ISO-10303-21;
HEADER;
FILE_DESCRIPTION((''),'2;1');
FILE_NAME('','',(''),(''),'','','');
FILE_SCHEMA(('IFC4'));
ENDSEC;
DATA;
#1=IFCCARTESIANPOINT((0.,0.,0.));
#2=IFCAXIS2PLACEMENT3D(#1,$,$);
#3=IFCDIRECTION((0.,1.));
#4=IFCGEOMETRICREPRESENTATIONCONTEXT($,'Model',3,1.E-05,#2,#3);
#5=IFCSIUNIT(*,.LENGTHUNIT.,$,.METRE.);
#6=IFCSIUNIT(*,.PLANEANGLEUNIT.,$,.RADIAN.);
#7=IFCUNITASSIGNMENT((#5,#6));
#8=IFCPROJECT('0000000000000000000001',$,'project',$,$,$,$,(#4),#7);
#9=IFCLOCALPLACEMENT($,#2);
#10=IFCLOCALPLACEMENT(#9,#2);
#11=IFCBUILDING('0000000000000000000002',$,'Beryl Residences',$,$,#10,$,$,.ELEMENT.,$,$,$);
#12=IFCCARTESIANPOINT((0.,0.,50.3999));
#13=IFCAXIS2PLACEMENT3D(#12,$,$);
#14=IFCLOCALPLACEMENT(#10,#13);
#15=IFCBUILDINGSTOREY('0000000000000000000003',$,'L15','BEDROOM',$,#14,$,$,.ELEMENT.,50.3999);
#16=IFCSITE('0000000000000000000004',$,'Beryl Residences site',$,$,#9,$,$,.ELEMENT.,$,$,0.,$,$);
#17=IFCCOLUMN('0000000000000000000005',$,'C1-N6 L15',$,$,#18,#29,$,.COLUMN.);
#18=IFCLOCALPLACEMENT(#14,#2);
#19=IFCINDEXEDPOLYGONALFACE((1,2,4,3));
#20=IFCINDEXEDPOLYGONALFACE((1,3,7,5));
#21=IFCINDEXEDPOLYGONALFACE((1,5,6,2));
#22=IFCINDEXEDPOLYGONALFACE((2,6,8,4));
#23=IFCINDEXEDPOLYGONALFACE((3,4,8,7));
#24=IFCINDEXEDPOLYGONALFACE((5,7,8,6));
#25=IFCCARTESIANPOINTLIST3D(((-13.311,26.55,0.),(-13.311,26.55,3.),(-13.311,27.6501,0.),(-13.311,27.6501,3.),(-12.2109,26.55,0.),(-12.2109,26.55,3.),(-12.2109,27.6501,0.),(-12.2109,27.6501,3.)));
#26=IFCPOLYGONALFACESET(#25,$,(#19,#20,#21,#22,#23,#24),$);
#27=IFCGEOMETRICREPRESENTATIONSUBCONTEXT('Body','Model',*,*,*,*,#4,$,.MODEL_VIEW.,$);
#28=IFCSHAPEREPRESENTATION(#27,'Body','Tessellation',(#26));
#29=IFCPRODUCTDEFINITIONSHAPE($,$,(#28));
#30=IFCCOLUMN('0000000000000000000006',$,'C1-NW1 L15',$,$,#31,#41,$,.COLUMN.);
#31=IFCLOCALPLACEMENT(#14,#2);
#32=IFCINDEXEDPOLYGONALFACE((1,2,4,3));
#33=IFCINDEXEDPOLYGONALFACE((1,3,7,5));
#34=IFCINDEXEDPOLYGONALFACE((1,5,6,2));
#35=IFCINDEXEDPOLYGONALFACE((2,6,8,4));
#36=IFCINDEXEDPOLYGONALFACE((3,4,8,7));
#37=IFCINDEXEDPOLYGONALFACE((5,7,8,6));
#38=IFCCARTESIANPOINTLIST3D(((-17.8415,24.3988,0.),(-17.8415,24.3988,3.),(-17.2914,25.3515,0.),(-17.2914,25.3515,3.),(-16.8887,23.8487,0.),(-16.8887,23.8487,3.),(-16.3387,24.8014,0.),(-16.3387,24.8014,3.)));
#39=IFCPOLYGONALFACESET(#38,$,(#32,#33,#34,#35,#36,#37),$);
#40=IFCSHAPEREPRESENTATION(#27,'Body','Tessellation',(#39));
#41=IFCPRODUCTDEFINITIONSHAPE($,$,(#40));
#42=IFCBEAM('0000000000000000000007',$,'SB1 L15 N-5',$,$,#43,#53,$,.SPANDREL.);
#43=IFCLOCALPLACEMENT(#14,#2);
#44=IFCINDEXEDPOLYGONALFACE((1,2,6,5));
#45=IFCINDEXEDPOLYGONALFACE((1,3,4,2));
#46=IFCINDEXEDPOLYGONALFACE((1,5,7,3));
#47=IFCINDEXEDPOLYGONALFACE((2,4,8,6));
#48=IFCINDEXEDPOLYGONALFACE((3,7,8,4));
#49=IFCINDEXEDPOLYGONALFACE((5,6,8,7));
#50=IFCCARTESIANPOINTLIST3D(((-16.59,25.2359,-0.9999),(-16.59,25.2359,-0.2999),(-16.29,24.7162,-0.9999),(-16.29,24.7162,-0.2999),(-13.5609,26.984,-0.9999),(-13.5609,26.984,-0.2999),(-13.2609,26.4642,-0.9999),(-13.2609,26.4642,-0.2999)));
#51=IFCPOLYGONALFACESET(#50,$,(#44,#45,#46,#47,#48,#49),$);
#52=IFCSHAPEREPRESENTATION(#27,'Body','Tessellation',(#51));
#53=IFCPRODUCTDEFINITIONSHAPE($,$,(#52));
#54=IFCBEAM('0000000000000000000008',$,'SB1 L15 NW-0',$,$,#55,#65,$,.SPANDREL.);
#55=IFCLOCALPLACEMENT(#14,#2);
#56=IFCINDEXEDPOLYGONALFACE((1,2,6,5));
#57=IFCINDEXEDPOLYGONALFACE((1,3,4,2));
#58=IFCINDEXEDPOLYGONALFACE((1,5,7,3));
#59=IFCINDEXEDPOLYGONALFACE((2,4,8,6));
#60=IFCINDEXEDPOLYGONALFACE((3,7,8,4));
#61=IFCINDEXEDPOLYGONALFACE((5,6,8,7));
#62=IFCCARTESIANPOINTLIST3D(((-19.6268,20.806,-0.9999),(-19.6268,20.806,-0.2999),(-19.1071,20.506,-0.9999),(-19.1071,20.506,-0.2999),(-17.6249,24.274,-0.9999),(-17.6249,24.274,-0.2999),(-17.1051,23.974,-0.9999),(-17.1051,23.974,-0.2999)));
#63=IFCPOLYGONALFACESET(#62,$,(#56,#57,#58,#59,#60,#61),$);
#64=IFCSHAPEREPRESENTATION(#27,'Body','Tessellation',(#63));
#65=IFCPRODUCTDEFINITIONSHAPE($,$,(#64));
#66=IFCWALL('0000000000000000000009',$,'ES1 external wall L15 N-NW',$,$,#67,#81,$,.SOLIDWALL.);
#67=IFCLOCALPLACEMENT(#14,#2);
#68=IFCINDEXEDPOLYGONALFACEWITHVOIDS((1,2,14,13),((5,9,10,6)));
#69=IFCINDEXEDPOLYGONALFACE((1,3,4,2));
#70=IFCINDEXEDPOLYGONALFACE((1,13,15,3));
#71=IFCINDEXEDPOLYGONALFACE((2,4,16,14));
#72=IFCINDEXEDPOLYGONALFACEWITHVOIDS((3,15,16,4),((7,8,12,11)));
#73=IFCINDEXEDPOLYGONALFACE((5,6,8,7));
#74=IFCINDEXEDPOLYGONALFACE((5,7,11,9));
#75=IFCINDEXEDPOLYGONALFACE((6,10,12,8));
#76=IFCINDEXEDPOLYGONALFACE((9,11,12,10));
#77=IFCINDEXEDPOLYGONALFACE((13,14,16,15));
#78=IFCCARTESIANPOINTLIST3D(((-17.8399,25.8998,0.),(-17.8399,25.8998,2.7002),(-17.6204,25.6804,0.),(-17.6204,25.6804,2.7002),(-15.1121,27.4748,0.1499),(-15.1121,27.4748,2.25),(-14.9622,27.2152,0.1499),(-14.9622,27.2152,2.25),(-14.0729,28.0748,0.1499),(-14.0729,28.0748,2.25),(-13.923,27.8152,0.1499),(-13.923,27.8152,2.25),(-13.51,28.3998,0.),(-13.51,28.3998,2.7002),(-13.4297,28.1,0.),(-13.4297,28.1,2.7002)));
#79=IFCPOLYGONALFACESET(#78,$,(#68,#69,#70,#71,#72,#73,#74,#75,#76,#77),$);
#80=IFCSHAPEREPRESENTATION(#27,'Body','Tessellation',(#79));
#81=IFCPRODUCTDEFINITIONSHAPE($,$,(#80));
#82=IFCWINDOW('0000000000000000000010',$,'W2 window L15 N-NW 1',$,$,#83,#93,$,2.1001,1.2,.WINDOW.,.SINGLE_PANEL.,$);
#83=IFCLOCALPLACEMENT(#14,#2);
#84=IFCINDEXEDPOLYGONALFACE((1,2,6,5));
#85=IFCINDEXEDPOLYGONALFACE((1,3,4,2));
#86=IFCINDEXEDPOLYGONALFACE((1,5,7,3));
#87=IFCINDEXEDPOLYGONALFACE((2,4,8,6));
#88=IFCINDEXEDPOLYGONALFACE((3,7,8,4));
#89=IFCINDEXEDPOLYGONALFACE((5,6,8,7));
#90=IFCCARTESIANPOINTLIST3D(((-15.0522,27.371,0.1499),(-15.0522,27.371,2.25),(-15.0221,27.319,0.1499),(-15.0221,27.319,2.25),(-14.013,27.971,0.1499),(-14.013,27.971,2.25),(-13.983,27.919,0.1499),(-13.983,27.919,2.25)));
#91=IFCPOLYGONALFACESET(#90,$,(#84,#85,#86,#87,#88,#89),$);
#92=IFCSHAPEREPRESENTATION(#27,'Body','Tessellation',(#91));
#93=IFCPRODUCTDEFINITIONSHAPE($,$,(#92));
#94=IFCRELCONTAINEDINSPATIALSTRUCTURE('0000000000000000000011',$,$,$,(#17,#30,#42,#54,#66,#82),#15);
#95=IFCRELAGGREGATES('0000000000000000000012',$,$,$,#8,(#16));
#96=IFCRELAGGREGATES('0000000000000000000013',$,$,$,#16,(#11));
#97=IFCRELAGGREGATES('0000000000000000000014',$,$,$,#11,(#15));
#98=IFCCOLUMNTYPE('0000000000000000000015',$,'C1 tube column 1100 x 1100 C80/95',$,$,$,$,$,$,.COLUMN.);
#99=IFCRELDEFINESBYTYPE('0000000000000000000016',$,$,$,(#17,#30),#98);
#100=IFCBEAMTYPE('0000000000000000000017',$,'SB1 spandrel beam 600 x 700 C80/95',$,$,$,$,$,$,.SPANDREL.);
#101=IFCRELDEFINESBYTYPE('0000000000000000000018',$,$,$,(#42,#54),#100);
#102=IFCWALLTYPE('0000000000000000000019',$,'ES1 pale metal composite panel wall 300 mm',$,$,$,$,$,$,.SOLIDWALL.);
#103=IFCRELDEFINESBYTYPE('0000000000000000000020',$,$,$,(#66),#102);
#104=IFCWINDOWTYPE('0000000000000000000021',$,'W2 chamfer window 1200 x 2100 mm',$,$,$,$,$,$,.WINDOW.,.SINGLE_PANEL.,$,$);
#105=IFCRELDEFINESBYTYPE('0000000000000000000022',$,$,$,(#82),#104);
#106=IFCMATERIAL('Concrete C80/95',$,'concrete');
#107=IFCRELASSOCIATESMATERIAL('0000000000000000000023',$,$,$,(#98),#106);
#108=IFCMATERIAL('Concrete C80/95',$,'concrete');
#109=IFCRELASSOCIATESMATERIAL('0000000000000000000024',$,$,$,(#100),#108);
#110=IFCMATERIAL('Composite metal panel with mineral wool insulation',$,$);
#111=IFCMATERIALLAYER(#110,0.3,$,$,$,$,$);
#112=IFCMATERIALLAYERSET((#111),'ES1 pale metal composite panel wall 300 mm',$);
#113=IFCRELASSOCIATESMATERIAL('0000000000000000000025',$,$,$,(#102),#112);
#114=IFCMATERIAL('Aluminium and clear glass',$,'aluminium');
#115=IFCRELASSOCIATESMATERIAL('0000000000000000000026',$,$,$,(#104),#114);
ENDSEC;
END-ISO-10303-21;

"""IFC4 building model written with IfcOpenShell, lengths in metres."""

from ifc_helpers import new_model, si_unit, direction, frame, frame_2d, origin, origin_2d, place, context, subcontext, project, spatial, polyline, rectangle, outline, extrude, material, layer, layer_set, material_profile, profile_set, type_object, element, fill, save


model = new_model("IFC4")

# Units and contexts
model_context = context("Model", 3, precision=1e-05, world=origin(), true_north=direction((0.0, 1.0)))
body_context = subcontext(model_context, "Body", "Model", "MODEL_VIEW")
ifc_project = project(units=[si_unit("LENGTHUNIT", "METRE"), si_unit("PLANEANGLEUNIT", "RADIAN")], contexts=[model_context])

# Site, building, storey
site_placement = place(None, origin())
site = spatial("IfcSite", under=ifc_project, at=site_placement, Name="Beryl Residences site", CompositionType="ELEMENT", RefElevation=0.0)
building_placement = place(site_placement, origin())
building = spatial("IfcBuilding", under=site, at=building_placement, Name="Beryl Residences", CompositionType="ELEMENT")
storey_placement = place(building_placement, frame((0.0, 0.0, 50.3999)))
storey = spatial("IfcBuildingStorey", under=building, at=storey_placement, Name="L15", Description="BEDROOM", CompositionType="ELEMENT", Elevation=50.3999)

# Columns
ifc_material_1 = material(Name="Concrete C80/95", Category="concrete")
ifc_material_profile_1 = material_profile(ifc_material_1, rectangle(XDim=1.1001, YDim=1.1001, at=origin_2d()))
ifc_profile_set_1 = profile_set([ifc_material_profile_1], Name="Concrete C80/95")
column_type = type_object("IfcColumnType", Name="C1 tube column 1100 x 1100 C80/95", PredefinedType="COLUMN", material=ifc_profile_set_1)
for number, where, z_axis, x_axis, name in (
    (1, (-12.761, 27.1001, 0.0), (0.0, 0.0, 1.0), (-1.0, 0.0, 0.0), "C1-N6 L15"),
    (2, (-17.0901, 24.6001, 0.0), (0.0, 0.0, 1.0), (-0.499985, -0.866034, 0.0), "C1-NW1 L15"),
):
    element("IfcColumn", number, at=place(storey_placement, frame(where, z_axis=z_axis, x_axis=x_axis)), inside=storey, type_object=column_type, Name=name, PredefinedType="COLUMN", context=body_context, shape_type="SweptSolid", body=[
        extrude(rectangle(XDim=1.1001, YDim=1.1001, at=origin_2d()), origin(), (0.0, 0.0, 1.0), 3.0),
    ])

# Beams
ifc_material_2 = material(Name="Concrete C80/95", Category="concrete")
ifc_material_profile_2 = material_profile(ifc_material_2, rectangle(XDim=0.6001, YDim=0.7, at=origin_2d()))
ifc_profile_set_2 = profile_set([ifc_material_profile_2], Name="Concrete C80/95")
beam_type = type_object("IfcBeamType", Name="SB1 spandrel beam 600 x 700 C80/95", PredefinedType="SPANDREL", material=ifc_profile_set_2)
beam_1_placement = place(storey_placement, frame((-13.4109, 26.7241, -0.6499), z_axis=(-0.866122, -0.499833, 0.0), x_axis=(0.499833, -0.866122, 0.0)))
element("IfcBeam", 3, at=beam_1_placement, inside=storey, type_object=beam_type, Name="SB1 L15 N-5", PredefinedType="SPANDREL", context=body_context, shape_type="SweptSolid", body=[
    extrude(rectangle(XDim=0.6001, YDim=0.7, at=origin_2d()), origin(), (0.0, 0.0, 1.0), 3.4973),
])
beam_2_placement = place(storey_placement, frame((-17.365, 24.124, -0.6499), z_axis=(-0.499942, -0.866059, 0.0), x_axis=(0.866059, -0.499942, 0.0)))
element("IfcBeam", 4, at=beam_2_placement, inside=storey, type_object=beam_type, Name="SB1 L15 NW-0", PredefinedType="SPANDREL", context=body_context, shape_type="SweptSolid", body=[
    extrude(rectangle(XDim=0.6001, YDim=0.7, at=origin_2d()), origin(), (0.0, 0.0, 1.0), 4.0044),
])

# Wall, opening, window
ifc_material_3 = material(Name="Composite metal panel with mineral wool insulation")
ifc_layer_1 = layer(ifc_material_3, 0.3)
ifc_layer_set_1 = layer_set([ifc_layer_1], Name="ES1 pale metal composite panel wall 300 mm")
wall_type_1 = type_object("IfcWallType", Name="ES1 pale metal composite panel wall 300 mm", PredefinedType="SOLIDWALL", material=ifc_layer_set_1)
wall_1_placement = place(storey_placement, frame((-13.4351, 28.27, 0.0), z_axis=(0.0, 0.0, 1.0), x_axis=(-0.866011, -0.500025, 0.0)))
wall_1 = element("IfcWall", 5, at=wall_1_placement, inside=storey, type_object=wall_type_1, Name="ES1 external wall L15 N-NW", PredefinedType="SOLIDWALL", context=body_context, shape_type="SweptSolid", body=[
    extrude(outline(polyline([(0.0, -0.1499), (4.9998, -0.1499), (4.9194, 0.1499), (0.0803, 0.1499), (0.0, -0.1499)])), origin(), (0.0, 0.0, 1.0), 2.7002),
])
opening_1_placement = place(wall_1_placement, frame((0.6499, 0.0, 0.1499)))
opening_1 = element("IfcOpeningElement", 6, at=opening_1_placement, cuts=wall_1, PredefinedType="OPENING", context=body_context, shape_type="SweptSolid", body=[
    extrude(rectangle(XDim=1.2, YDim=2.1001, at=frame_2d((0.6001, 1.05))), frame((0.0, 0.1599, 0.0), z_axis=(0.0, -1.0, 0.0), x_axis=(1.0, 0.0, 0.0)), (0.0, 0.0, 1.0), 0.3201),
])
ifc_material_4 = material(Name="Aluminium and clear glass", Category="aluminium")
window_type_1 = type_object("IfcWindowType", Name="W2 chamfer window 1200 x 2100 mm", PartitioningType="SINGLE_PANEL", PredefinedType="WINDOW", material=ifc_material_4)
window_1_placement = place(opening_1_placement, origin())
window_1 = element("IfcWindow", 7, at=window_1_placement, inside=storey, type_object=window_type_1, Name="W2 window L15 N-NW 1", OverallHeight=2.1001, OverallWidth=1.2, PartitioningType="SINGLE_PANEL", PredefinedType="WINDOW", context=body_context, shape_type="SweptSolid", body=[
    extrude(rectangle(XDim=1.2, YDim=2.1001, at=frame_2d((0.6001, 1.05))), frame((0.0, 0.03, 0.0), z_axis=(0.0, -1.0, 0.0), x_axis=(1.0, 0.0, 0.0)), (0.0, 0.0, 1.0), 0.0601),
])
fill(opening_1, window_1)

save(model, "model.ifc")
